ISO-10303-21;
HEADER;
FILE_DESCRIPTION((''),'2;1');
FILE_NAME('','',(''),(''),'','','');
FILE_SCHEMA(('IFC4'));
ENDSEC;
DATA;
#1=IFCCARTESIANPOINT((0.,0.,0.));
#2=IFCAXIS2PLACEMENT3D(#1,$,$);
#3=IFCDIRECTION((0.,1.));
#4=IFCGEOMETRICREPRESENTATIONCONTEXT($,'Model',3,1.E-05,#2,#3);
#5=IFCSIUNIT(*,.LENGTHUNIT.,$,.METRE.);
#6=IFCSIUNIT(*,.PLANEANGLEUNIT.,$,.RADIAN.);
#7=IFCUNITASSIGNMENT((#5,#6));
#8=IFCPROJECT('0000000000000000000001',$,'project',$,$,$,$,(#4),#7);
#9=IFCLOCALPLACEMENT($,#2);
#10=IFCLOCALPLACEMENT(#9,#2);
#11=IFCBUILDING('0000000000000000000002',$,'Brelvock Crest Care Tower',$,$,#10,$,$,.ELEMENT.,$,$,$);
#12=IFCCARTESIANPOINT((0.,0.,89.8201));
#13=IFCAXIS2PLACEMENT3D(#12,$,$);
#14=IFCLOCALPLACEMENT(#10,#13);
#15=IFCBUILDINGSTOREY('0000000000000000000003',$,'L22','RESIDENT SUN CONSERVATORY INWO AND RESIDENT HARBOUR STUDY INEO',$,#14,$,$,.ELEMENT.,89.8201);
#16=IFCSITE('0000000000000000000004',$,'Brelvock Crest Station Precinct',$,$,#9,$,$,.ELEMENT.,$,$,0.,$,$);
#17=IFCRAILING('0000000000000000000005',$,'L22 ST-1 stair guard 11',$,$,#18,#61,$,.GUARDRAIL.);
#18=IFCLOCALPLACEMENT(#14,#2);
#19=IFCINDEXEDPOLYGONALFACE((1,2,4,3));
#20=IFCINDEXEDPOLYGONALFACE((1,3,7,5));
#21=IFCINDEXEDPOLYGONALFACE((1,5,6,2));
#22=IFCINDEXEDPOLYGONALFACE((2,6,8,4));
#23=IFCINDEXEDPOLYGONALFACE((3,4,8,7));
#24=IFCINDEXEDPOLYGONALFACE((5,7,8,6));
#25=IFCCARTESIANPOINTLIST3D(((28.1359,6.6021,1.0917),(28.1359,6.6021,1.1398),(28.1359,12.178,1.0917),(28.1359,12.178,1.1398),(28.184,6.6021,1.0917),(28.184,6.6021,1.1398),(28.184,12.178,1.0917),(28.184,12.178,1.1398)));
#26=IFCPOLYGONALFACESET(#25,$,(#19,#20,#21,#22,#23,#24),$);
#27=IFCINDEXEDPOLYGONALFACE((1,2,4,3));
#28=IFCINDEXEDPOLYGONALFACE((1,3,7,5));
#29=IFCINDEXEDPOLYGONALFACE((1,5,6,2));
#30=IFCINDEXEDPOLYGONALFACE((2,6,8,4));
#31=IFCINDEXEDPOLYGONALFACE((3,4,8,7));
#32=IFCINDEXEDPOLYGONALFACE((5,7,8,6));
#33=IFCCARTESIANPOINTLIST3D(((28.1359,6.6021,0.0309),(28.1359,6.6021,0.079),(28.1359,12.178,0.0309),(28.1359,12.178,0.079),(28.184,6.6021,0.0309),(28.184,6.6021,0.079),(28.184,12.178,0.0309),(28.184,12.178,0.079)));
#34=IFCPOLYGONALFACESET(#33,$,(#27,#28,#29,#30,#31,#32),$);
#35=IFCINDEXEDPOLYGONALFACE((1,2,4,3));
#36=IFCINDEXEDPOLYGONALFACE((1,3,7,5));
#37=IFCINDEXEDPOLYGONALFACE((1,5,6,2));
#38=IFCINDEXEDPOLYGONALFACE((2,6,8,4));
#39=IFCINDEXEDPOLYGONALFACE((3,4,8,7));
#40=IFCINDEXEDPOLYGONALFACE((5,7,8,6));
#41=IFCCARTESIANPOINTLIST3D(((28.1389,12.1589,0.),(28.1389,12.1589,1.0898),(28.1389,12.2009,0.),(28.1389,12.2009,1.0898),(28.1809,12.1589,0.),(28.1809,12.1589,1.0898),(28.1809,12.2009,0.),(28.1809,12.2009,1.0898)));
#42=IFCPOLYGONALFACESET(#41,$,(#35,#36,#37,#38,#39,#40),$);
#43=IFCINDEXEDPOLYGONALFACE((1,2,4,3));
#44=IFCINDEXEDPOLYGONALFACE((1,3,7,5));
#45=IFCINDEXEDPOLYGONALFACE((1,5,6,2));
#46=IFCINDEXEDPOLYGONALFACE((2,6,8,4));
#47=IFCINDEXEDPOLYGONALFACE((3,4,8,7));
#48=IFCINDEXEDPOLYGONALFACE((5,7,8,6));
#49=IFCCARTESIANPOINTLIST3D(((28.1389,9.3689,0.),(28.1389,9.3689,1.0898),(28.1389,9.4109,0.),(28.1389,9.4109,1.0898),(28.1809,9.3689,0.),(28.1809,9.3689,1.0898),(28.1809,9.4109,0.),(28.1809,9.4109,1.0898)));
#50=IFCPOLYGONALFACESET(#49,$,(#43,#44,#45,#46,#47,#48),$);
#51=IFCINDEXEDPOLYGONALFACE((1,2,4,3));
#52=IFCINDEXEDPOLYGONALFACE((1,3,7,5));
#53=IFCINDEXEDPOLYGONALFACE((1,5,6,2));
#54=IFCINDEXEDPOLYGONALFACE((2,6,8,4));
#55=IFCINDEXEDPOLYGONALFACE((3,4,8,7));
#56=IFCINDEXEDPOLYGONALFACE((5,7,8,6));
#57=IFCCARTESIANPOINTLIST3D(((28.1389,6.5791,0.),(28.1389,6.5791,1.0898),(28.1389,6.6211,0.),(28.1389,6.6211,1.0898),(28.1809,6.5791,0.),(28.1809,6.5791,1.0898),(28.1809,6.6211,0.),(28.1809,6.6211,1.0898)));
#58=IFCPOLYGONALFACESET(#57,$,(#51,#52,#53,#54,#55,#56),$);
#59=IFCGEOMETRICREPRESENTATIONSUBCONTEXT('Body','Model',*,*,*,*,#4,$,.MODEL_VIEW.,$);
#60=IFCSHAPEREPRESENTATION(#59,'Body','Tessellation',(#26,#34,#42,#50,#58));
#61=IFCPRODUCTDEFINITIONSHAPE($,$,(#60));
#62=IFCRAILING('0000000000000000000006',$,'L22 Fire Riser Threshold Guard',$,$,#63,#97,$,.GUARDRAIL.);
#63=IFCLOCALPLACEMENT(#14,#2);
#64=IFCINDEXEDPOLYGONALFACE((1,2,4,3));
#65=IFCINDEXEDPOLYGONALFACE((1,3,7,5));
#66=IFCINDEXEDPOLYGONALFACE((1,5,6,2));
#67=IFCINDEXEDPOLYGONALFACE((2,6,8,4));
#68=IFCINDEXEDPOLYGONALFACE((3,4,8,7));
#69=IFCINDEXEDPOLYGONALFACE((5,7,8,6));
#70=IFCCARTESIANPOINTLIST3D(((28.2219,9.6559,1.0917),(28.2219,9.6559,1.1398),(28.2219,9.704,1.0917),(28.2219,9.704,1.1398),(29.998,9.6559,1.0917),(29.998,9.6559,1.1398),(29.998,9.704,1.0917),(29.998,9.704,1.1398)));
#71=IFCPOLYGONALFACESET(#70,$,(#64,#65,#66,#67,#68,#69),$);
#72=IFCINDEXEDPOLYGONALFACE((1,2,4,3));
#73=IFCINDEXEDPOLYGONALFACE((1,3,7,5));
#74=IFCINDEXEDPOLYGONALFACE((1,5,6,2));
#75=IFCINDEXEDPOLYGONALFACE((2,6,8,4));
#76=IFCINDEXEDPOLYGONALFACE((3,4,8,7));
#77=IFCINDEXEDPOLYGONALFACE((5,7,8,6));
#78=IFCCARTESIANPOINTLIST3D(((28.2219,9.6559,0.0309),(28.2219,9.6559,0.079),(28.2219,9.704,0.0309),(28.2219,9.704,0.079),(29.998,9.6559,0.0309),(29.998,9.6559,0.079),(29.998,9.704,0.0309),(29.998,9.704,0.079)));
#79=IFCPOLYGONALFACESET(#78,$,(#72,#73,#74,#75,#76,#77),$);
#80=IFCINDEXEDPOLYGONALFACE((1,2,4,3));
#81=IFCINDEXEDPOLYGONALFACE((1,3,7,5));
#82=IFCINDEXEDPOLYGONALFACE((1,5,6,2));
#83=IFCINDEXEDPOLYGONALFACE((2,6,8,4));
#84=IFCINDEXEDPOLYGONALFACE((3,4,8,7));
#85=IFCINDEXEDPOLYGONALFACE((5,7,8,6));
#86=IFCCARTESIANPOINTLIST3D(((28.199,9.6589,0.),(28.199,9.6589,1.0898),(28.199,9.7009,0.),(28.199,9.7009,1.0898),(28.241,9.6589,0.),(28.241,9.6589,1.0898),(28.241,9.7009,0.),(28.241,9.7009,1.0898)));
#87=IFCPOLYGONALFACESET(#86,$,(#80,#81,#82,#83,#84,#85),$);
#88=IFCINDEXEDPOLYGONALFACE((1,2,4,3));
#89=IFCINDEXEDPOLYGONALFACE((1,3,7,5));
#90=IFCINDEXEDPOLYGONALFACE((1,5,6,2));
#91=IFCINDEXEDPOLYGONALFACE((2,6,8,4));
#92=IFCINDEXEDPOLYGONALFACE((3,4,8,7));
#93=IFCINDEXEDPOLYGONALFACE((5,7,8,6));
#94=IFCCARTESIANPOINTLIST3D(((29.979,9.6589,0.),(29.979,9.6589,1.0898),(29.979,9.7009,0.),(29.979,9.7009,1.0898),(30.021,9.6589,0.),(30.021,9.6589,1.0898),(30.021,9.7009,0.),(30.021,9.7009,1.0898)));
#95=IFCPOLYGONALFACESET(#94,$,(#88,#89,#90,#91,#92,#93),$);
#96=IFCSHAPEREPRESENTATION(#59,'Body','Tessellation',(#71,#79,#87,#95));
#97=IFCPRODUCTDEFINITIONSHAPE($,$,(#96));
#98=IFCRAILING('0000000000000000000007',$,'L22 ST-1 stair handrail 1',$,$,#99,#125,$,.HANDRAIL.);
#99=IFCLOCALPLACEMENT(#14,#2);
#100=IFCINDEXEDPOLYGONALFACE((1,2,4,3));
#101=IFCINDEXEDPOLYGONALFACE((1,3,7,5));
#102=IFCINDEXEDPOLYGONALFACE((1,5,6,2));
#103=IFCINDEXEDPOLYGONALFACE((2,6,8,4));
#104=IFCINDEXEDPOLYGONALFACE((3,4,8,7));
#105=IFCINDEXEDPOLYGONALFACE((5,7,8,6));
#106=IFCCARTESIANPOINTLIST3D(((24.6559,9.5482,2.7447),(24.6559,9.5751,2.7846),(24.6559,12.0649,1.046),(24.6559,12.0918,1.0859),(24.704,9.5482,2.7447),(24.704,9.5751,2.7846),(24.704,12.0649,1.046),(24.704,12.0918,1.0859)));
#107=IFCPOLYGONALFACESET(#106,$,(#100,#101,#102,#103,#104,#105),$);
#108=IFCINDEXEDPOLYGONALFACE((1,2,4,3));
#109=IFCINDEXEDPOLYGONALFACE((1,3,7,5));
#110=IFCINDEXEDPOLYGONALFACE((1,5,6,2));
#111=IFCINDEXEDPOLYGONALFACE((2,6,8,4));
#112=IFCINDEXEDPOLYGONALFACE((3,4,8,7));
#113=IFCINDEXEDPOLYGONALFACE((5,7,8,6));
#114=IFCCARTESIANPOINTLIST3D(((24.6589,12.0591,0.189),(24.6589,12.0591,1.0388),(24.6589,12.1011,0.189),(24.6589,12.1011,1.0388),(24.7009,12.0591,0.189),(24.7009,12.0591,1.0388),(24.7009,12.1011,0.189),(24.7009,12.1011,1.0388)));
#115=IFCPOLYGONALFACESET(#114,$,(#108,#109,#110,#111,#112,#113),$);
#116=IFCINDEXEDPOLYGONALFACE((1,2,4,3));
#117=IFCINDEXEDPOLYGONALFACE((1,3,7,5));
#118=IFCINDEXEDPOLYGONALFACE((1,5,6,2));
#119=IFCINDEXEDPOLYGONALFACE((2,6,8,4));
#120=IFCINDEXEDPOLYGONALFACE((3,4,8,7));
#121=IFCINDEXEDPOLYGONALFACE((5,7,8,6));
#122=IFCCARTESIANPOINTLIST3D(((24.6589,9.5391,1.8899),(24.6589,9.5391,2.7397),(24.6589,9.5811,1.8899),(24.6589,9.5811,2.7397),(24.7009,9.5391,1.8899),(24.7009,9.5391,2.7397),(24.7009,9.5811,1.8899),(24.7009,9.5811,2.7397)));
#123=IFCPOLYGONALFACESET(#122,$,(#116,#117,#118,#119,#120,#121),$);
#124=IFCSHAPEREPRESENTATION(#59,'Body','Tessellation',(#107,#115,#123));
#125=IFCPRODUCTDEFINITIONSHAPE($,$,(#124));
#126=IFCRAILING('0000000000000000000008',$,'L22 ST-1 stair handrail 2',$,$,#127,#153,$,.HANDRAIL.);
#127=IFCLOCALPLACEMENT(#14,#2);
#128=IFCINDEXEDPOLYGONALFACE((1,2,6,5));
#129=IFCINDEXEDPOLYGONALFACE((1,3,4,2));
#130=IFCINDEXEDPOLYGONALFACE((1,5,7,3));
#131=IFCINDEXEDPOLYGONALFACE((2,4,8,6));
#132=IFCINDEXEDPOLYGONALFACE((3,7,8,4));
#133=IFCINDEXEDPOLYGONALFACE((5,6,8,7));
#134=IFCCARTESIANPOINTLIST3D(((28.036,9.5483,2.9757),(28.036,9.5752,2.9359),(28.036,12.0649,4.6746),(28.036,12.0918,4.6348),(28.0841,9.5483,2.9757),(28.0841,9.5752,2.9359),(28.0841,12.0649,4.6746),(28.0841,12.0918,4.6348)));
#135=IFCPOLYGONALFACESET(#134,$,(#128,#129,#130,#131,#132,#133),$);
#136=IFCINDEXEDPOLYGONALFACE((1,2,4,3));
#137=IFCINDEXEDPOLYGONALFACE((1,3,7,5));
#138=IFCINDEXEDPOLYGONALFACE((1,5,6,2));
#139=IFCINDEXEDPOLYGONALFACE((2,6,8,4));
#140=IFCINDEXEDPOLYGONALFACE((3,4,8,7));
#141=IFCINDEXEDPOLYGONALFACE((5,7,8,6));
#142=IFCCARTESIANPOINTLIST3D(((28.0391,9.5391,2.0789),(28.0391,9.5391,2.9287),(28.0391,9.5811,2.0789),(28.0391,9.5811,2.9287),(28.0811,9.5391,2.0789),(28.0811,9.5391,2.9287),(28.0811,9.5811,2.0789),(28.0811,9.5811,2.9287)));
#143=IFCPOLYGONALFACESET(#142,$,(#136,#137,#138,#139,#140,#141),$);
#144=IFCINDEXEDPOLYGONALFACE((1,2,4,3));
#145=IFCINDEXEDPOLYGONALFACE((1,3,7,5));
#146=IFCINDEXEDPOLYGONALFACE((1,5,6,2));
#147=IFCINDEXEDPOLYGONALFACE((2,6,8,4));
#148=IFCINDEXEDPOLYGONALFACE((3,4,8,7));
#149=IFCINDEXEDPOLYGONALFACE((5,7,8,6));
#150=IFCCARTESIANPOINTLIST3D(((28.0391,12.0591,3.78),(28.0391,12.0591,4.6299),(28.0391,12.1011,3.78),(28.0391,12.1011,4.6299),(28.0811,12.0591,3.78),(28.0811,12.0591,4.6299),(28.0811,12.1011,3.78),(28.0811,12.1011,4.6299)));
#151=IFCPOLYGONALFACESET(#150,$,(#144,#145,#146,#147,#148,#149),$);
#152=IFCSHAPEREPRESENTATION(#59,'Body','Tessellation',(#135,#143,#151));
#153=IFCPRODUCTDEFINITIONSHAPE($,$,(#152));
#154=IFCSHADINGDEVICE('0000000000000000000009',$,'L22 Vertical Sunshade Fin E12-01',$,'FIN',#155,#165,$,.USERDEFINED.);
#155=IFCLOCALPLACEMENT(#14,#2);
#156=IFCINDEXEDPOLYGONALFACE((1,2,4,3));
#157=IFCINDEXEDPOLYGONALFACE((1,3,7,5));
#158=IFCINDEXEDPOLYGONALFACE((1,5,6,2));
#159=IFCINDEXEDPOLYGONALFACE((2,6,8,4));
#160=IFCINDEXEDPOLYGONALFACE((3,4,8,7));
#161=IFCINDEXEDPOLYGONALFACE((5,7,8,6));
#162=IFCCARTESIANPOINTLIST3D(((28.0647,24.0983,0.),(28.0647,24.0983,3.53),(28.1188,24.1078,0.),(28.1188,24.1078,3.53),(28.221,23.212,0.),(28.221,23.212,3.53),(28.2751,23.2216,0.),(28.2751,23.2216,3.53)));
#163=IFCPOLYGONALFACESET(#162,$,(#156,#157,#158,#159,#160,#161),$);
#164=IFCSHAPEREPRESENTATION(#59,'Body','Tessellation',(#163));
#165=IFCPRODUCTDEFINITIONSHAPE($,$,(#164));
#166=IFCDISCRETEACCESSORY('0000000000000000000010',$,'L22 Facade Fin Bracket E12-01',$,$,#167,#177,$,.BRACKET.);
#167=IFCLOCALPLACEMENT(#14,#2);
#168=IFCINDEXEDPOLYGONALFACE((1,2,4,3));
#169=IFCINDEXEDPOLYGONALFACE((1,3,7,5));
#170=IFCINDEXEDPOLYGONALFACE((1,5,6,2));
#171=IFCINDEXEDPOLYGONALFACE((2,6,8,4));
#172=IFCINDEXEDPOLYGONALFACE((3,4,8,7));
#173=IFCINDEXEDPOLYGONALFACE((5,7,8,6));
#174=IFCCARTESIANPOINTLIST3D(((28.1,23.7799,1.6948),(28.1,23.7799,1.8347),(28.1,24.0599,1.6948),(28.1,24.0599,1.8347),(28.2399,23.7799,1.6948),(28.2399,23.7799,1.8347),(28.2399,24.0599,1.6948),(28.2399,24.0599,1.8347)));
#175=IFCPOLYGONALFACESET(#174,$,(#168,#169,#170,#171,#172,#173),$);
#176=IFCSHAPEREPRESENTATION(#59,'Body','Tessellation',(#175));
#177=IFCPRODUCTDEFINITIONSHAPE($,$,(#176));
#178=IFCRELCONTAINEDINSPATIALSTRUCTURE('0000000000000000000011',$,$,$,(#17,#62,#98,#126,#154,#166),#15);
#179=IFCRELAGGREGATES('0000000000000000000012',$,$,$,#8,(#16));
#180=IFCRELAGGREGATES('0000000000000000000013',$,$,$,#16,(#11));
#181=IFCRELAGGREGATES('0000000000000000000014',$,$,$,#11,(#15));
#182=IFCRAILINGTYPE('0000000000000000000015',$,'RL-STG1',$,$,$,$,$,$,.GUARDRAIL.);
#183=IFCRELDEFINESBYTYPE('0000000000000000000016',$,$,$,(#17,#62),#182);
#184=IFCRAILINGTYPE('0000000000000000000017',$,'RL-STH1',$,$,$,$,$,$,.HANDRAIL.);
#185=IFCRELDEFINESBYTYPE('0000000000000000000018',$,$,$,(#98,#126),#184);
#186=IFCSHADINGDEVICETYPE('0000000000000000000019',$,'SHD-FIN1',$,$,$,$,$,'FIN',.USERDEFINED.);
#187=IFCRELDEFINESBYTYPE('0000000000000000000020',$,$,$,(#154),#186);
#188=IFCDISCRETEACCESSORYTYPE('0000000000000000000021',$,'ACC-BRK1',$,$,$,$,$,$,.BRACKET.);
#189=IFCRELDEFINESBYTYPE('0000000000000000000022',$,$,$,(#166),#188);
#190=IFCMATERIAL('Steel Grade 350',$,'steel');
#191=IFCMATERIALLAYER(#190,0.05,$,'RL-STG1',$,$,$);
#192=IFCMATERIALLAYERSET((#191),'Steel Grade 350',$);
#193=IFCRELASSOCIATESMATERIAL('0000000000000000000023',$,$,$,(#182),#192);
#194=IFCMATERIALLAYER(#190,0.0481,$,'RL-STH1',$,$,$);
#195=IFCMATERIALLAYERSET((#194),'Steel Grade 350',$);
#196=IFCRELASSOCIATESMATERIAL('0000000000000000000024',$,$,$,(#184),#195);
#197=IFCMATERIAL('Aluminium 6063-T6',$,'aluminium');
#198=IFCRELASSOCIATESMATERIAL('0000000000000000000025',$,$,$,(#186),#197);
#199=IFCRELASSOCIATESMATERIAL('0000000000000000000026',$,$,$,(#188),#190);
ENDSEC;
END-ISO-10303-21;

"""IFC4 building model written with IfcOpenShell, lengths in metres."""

from ifc_helpers import new_model, si_unit, direction, frame, origin, origin_2d, place, context, subcontext, project, spatial, rectangle, extrude, source, transform, mapped, material, layer, layer_set, material_profile, profile_set, type_object, element, save


model = new_model("IFC4")

# Units and contexts
model_context = context("Model", 3, precision=1e-05, world=origin(), true_north=direction((0.0, 1.0)))
body_context = subcontext(model_context, "Body", "Model", "MODEL_VIEW")
ifc_project = project(units=[si_unit("LENGTHUNIT", "METRE"), si_unit("PLANEANGLEUNIT", "RADIAN")], contexts=[model_context])

# Site, building, storey
site_placement = place(None, origin())
site = spatial("IfcSite", under=ifc_project, at=site_placement, Name="Brelvock Crest Station Precinct", CompositionType="ELEMENT", RefElevation=0.0)
building_placement = place(site_placement, origin())
building = spatial("IfcBuilding", under=site, at=building_placement, Name="Brelvock Crest Care Tower", CompositionType="ELEMENT")
storey_placement = place(building_placement, frame((0.0, 0.0, 89.8201)))
storey = spatial("IfcBuildingStorey", under=building, at=storey_placement, Name="L22", Description="RESIDENT SUN CONSERVATORY INWO AND RESIDENT HARBOUR STUDY INEO", CompositionType="ELEMENT", Elevation=89.8201)

# Shared definitions
ifc_material_1 = material(Name="Steel Grade 350", Category="steel")

# Railings
ifc_layer_1 = layer(ifc_material_1, 0.05, Name="RL-STG1")
ifc_layer_set_1 = layer_set([ifc_layer_1], Name="Steel Grade 350")
railing_type_1 = type_object("IfcRailingType", Name="RL-STG1", PredefinedType="GUARDRAIL", material=ifc_layer_set_1)
railing_1_placement = place(storey_placement, frame((28.1599, 12.1799, 0.0)))
element("IfcRailing", 1, at=railing_1_placement, inside=storey, type_object=railing_type_1, Name="L22 ST-1 stair guard 11", PredefinedType="GUARDRAIL", context=body_context, shape_type="SweptSolid", body=[
    extrude(rectangle(XDim=0.0481, YDim=0.0481, at=origin_2d()), frame((0.0, -0.002, 1.1157), z_axis=(0.0, -1.0, 0.0), x_axis=(1.0, 0.0, 0.0)), (0.0, 0.0, 1.0), 5.5759),
    extrude(rectangle(XDim=0.0481, YDim=0.0481, at=origin_2d()), frame((0.0, -0.002, 0.0549), z_axis=(0.0, -1.0, 0.0), x_axis=(1.0, 0.0, 0.0)), (0.0, 0.0, 1.0), 5.5759),
    extrude(rectangle(XDim=0.042, YDim=0.042, at=origin_2d()), origin(), (0.0, 0.0, 1.0), 1.0898),
    extrude(rectangle(XDim=0.042, YDim=0.042, at=origin_2d()), frame((0.0, -2.79, 0.0)), (0.0, 0.0, 1.0), 1.0898),
    extrude(rectangle(XDim=0.042, YDim=0.042, at=origin_2d()), frame((0.0, -5.5798, 0.0)), (0.0, 0.0, 1.0), 1.0898),
])
railing_2_placement = place(storey_placement, frame((28.22, 9.6799, 0.0)))
element("IfcRailing", 2, at=railing_2_placement, inside=storey, type_object=railing_type_1, Name="L22 Fire Riser Threshold Guard", PredefinedType="GUARDRAIL", context=body_context, shape_type="SweptSolid", body=[
    extrude(rectangle(XDim=0.0481, YDim=0.0481, at=origin_2d()), frame((0.002, 0.0, 1.1157), z_axis=(1.0, 0.0, 0.0), x_axis=(0.0, 1.0, 0.0)), (0.0, 0.0, 1.0), 1.7761),
    extrude(rectangle(XDim=0.0481, YDim=0.0481, at=origin_2d()), frame((0.002, 0.0, 0.0549), z_axis=(1.0, 0.0, 0.0), x_axis=(0.0, 1.0, 0.0)), (0.0, 0.0, 1.0), 1.7761),
    extrude(rectangle(XDim=0.042, YDim=0.042, at=origin_2d()), origin(), (0.0, 0.0, 1.0), 1.0898),
    extrude(rectangle(XDim=0.042, YDim=0.042, at=origin_2d()), frame((1.78, 0.0, 0.0)), (0.0, 0.0, 1.0), 1.0898),
])
ifc_layer_2 = layer(ifc_material_1, 0.0481, Name="RL-STH1")
ifc_layer_set_2 = layer_set([ifc_layer_2], Name="Steel Grade 350")
railing_type_2 = type_object("IfcRailingType", Name="RL-STH1", PredefinedType="HANDRAIL", material=ifc_layer_set_2)
railing_3_placement = place(storey_placement, frame((24.6799, 12.0801, 0.189)))
element("IfcRailing", 3, at=railing_3_placement, inside=storey, type_object=railing_type_2, Name="L22 ST-1 stair handrail 1", PredefinedType="HANDRAIL", context=body_context, shape_type="SweptSolid", body=[
    extrude(rectangle(XDim=0.0481, YDim=0.0481, at=origin_2d()), frame((0.0, -0.0017, 0.877), z_axis=(0.0, -0.828862, 0.559454), x_axis=(1.0, 0.0, 0.0)), (0.0, 0.0, 1.0), 3.0364),
    extrude(rectangle(XDim=0.042, YDim=0.042, at=origin_2d()), origin(), (0.0, 0.0, 1.0), 0.8499),
    extrude(rectangle(XDim=0.042, YDim=0.042, at=origin_2d()), frame((0.0, -2.52, 1.7009)), (0.0, 0.0, 1.0), 0.8499),
])
railing_4_placement = place(storey_placement, frame((28.0601, 9.5601, 2.0789)))
element("IfcRailing", 4, at=railing_4_placement, inside=storey, type_object=railing_type_2, Name="L22 ST-1 stair handrail 2", PredefinedType="HANDRAIL", context=body_context, shape_type="SweptSolid", body=[
    extrude(rectangle(XDim=0.0481, YDim=0.0481, at=origin_2d()), frame((0.0, 0.0017, 0.877), z_axis=(0.0, 0.828824, 0.559509), x_axis=(-1.0, 0.0, 0.0)), (0.0, 0.0, 1.0), 3.0364),
    extrude(rectangle(XDim=0.042, YDim=0.042, at=origin_2d()), origin(), (0.0, 0.0, 1.0), 0.8499),
    extrude(rectangle(XDim=0.042, YDim=0.042, at=origin_2d()), frame((0.0, 2.52, 1.7012)), (0.0, 0.0, 1.0), 0.8499),
])

# Shading device
ifc_material_2 = material(Name="Aluminium 6063-T6", Category="aluminium")
ifc_material_profile_1 = material_profile(ifc_material_2, rectangle(XDim=0.0549, YDim=0.8999, at=origin_2d()), Name="FIN55x900")
ifc_profile_set_1 = profile_set([ifc_material_profile_1], Name="Aluminium 6063-T6")
shading_device_type = type_object("IfcShadingDeviceType", Name="SHD-FIN1", ElementType="FIN", PredefinedType="USERDEFINED", material=ifc_profile_set_1)
shared_shape_1 = source(origin(), body_context, "Body", "SweptSolid", [
    extrude(rectangle(XDim=0.0549, YDim=0.8999, at=origin_2d()), origin(), (0.0, 0.0, 1.0), 3.53),
])
shading_device_placement = place(storey_placement, frame((28.1699, 23.6599, 0.0), z_axis=(0.0, 0.0, 1.0), x_axis=(-0.984808, -0.173648, 0.0)))
element("IfcShadingDevice", 5, at=shading_device_placement, inside=storey, type_object=shading_device_type, Name="L22 Vertical Sunshade Fin E12-01", ObjectType="FIN", PredefinedType="USERDEFINED", context=body_context, shape_type="MappedRepresentation", body=[
    mapped(shared_shape_1, transform((0.0, 0.0, 0.0), x_axis=(1.0, 0.0, 0.0), y_axis=(0.0, 1.0, 0.0), z_axis=(0.0, 0.0, 1.0), scale=1.0)),
])

# Discrete accessory
discrete_accessory_type = type_object("IfcDiscreteAccessoryType", Name="ACC-BRK1", PredefinedType="BRACKET", material=ifc_material_1)
shared_shape_2 = source(origin(), body_context, "Body", "SweptSolid", [
    extrude(rectangle(XDim=0.28, YDim=0.1399, at=origin_2d()), origin(), (0.0, 0.0, 1.0), 0.1399),
])
discrete_accessory_placement = place(storey_placement, frame((28.1699, 23.9199, 1.6948), z_axis=(0.0, 0.0, 1.0), x_axis=(0.0, -1.0, 0.0)))
element("IfcDiscreteAccessory", 6, at=discrete_accessory_placement, inside=storey, type_object=discrete_accessory_type, Name="L22 Facade Fin Bracket E12-01", PredefinedType="BRACKET", context=body_context, shape_type="MappedRepresentation", body=[
    mapped(shared_shape_2, transform((0.0, 0.0, 0.0), x_axis=(1.0, 0.0, 0.0), y_axis=(0.0, 1.0, 0.0), z_axis=(0.0, 0.0, 1.0), scale=1.0)),
])

save(model, "model.ifc")
